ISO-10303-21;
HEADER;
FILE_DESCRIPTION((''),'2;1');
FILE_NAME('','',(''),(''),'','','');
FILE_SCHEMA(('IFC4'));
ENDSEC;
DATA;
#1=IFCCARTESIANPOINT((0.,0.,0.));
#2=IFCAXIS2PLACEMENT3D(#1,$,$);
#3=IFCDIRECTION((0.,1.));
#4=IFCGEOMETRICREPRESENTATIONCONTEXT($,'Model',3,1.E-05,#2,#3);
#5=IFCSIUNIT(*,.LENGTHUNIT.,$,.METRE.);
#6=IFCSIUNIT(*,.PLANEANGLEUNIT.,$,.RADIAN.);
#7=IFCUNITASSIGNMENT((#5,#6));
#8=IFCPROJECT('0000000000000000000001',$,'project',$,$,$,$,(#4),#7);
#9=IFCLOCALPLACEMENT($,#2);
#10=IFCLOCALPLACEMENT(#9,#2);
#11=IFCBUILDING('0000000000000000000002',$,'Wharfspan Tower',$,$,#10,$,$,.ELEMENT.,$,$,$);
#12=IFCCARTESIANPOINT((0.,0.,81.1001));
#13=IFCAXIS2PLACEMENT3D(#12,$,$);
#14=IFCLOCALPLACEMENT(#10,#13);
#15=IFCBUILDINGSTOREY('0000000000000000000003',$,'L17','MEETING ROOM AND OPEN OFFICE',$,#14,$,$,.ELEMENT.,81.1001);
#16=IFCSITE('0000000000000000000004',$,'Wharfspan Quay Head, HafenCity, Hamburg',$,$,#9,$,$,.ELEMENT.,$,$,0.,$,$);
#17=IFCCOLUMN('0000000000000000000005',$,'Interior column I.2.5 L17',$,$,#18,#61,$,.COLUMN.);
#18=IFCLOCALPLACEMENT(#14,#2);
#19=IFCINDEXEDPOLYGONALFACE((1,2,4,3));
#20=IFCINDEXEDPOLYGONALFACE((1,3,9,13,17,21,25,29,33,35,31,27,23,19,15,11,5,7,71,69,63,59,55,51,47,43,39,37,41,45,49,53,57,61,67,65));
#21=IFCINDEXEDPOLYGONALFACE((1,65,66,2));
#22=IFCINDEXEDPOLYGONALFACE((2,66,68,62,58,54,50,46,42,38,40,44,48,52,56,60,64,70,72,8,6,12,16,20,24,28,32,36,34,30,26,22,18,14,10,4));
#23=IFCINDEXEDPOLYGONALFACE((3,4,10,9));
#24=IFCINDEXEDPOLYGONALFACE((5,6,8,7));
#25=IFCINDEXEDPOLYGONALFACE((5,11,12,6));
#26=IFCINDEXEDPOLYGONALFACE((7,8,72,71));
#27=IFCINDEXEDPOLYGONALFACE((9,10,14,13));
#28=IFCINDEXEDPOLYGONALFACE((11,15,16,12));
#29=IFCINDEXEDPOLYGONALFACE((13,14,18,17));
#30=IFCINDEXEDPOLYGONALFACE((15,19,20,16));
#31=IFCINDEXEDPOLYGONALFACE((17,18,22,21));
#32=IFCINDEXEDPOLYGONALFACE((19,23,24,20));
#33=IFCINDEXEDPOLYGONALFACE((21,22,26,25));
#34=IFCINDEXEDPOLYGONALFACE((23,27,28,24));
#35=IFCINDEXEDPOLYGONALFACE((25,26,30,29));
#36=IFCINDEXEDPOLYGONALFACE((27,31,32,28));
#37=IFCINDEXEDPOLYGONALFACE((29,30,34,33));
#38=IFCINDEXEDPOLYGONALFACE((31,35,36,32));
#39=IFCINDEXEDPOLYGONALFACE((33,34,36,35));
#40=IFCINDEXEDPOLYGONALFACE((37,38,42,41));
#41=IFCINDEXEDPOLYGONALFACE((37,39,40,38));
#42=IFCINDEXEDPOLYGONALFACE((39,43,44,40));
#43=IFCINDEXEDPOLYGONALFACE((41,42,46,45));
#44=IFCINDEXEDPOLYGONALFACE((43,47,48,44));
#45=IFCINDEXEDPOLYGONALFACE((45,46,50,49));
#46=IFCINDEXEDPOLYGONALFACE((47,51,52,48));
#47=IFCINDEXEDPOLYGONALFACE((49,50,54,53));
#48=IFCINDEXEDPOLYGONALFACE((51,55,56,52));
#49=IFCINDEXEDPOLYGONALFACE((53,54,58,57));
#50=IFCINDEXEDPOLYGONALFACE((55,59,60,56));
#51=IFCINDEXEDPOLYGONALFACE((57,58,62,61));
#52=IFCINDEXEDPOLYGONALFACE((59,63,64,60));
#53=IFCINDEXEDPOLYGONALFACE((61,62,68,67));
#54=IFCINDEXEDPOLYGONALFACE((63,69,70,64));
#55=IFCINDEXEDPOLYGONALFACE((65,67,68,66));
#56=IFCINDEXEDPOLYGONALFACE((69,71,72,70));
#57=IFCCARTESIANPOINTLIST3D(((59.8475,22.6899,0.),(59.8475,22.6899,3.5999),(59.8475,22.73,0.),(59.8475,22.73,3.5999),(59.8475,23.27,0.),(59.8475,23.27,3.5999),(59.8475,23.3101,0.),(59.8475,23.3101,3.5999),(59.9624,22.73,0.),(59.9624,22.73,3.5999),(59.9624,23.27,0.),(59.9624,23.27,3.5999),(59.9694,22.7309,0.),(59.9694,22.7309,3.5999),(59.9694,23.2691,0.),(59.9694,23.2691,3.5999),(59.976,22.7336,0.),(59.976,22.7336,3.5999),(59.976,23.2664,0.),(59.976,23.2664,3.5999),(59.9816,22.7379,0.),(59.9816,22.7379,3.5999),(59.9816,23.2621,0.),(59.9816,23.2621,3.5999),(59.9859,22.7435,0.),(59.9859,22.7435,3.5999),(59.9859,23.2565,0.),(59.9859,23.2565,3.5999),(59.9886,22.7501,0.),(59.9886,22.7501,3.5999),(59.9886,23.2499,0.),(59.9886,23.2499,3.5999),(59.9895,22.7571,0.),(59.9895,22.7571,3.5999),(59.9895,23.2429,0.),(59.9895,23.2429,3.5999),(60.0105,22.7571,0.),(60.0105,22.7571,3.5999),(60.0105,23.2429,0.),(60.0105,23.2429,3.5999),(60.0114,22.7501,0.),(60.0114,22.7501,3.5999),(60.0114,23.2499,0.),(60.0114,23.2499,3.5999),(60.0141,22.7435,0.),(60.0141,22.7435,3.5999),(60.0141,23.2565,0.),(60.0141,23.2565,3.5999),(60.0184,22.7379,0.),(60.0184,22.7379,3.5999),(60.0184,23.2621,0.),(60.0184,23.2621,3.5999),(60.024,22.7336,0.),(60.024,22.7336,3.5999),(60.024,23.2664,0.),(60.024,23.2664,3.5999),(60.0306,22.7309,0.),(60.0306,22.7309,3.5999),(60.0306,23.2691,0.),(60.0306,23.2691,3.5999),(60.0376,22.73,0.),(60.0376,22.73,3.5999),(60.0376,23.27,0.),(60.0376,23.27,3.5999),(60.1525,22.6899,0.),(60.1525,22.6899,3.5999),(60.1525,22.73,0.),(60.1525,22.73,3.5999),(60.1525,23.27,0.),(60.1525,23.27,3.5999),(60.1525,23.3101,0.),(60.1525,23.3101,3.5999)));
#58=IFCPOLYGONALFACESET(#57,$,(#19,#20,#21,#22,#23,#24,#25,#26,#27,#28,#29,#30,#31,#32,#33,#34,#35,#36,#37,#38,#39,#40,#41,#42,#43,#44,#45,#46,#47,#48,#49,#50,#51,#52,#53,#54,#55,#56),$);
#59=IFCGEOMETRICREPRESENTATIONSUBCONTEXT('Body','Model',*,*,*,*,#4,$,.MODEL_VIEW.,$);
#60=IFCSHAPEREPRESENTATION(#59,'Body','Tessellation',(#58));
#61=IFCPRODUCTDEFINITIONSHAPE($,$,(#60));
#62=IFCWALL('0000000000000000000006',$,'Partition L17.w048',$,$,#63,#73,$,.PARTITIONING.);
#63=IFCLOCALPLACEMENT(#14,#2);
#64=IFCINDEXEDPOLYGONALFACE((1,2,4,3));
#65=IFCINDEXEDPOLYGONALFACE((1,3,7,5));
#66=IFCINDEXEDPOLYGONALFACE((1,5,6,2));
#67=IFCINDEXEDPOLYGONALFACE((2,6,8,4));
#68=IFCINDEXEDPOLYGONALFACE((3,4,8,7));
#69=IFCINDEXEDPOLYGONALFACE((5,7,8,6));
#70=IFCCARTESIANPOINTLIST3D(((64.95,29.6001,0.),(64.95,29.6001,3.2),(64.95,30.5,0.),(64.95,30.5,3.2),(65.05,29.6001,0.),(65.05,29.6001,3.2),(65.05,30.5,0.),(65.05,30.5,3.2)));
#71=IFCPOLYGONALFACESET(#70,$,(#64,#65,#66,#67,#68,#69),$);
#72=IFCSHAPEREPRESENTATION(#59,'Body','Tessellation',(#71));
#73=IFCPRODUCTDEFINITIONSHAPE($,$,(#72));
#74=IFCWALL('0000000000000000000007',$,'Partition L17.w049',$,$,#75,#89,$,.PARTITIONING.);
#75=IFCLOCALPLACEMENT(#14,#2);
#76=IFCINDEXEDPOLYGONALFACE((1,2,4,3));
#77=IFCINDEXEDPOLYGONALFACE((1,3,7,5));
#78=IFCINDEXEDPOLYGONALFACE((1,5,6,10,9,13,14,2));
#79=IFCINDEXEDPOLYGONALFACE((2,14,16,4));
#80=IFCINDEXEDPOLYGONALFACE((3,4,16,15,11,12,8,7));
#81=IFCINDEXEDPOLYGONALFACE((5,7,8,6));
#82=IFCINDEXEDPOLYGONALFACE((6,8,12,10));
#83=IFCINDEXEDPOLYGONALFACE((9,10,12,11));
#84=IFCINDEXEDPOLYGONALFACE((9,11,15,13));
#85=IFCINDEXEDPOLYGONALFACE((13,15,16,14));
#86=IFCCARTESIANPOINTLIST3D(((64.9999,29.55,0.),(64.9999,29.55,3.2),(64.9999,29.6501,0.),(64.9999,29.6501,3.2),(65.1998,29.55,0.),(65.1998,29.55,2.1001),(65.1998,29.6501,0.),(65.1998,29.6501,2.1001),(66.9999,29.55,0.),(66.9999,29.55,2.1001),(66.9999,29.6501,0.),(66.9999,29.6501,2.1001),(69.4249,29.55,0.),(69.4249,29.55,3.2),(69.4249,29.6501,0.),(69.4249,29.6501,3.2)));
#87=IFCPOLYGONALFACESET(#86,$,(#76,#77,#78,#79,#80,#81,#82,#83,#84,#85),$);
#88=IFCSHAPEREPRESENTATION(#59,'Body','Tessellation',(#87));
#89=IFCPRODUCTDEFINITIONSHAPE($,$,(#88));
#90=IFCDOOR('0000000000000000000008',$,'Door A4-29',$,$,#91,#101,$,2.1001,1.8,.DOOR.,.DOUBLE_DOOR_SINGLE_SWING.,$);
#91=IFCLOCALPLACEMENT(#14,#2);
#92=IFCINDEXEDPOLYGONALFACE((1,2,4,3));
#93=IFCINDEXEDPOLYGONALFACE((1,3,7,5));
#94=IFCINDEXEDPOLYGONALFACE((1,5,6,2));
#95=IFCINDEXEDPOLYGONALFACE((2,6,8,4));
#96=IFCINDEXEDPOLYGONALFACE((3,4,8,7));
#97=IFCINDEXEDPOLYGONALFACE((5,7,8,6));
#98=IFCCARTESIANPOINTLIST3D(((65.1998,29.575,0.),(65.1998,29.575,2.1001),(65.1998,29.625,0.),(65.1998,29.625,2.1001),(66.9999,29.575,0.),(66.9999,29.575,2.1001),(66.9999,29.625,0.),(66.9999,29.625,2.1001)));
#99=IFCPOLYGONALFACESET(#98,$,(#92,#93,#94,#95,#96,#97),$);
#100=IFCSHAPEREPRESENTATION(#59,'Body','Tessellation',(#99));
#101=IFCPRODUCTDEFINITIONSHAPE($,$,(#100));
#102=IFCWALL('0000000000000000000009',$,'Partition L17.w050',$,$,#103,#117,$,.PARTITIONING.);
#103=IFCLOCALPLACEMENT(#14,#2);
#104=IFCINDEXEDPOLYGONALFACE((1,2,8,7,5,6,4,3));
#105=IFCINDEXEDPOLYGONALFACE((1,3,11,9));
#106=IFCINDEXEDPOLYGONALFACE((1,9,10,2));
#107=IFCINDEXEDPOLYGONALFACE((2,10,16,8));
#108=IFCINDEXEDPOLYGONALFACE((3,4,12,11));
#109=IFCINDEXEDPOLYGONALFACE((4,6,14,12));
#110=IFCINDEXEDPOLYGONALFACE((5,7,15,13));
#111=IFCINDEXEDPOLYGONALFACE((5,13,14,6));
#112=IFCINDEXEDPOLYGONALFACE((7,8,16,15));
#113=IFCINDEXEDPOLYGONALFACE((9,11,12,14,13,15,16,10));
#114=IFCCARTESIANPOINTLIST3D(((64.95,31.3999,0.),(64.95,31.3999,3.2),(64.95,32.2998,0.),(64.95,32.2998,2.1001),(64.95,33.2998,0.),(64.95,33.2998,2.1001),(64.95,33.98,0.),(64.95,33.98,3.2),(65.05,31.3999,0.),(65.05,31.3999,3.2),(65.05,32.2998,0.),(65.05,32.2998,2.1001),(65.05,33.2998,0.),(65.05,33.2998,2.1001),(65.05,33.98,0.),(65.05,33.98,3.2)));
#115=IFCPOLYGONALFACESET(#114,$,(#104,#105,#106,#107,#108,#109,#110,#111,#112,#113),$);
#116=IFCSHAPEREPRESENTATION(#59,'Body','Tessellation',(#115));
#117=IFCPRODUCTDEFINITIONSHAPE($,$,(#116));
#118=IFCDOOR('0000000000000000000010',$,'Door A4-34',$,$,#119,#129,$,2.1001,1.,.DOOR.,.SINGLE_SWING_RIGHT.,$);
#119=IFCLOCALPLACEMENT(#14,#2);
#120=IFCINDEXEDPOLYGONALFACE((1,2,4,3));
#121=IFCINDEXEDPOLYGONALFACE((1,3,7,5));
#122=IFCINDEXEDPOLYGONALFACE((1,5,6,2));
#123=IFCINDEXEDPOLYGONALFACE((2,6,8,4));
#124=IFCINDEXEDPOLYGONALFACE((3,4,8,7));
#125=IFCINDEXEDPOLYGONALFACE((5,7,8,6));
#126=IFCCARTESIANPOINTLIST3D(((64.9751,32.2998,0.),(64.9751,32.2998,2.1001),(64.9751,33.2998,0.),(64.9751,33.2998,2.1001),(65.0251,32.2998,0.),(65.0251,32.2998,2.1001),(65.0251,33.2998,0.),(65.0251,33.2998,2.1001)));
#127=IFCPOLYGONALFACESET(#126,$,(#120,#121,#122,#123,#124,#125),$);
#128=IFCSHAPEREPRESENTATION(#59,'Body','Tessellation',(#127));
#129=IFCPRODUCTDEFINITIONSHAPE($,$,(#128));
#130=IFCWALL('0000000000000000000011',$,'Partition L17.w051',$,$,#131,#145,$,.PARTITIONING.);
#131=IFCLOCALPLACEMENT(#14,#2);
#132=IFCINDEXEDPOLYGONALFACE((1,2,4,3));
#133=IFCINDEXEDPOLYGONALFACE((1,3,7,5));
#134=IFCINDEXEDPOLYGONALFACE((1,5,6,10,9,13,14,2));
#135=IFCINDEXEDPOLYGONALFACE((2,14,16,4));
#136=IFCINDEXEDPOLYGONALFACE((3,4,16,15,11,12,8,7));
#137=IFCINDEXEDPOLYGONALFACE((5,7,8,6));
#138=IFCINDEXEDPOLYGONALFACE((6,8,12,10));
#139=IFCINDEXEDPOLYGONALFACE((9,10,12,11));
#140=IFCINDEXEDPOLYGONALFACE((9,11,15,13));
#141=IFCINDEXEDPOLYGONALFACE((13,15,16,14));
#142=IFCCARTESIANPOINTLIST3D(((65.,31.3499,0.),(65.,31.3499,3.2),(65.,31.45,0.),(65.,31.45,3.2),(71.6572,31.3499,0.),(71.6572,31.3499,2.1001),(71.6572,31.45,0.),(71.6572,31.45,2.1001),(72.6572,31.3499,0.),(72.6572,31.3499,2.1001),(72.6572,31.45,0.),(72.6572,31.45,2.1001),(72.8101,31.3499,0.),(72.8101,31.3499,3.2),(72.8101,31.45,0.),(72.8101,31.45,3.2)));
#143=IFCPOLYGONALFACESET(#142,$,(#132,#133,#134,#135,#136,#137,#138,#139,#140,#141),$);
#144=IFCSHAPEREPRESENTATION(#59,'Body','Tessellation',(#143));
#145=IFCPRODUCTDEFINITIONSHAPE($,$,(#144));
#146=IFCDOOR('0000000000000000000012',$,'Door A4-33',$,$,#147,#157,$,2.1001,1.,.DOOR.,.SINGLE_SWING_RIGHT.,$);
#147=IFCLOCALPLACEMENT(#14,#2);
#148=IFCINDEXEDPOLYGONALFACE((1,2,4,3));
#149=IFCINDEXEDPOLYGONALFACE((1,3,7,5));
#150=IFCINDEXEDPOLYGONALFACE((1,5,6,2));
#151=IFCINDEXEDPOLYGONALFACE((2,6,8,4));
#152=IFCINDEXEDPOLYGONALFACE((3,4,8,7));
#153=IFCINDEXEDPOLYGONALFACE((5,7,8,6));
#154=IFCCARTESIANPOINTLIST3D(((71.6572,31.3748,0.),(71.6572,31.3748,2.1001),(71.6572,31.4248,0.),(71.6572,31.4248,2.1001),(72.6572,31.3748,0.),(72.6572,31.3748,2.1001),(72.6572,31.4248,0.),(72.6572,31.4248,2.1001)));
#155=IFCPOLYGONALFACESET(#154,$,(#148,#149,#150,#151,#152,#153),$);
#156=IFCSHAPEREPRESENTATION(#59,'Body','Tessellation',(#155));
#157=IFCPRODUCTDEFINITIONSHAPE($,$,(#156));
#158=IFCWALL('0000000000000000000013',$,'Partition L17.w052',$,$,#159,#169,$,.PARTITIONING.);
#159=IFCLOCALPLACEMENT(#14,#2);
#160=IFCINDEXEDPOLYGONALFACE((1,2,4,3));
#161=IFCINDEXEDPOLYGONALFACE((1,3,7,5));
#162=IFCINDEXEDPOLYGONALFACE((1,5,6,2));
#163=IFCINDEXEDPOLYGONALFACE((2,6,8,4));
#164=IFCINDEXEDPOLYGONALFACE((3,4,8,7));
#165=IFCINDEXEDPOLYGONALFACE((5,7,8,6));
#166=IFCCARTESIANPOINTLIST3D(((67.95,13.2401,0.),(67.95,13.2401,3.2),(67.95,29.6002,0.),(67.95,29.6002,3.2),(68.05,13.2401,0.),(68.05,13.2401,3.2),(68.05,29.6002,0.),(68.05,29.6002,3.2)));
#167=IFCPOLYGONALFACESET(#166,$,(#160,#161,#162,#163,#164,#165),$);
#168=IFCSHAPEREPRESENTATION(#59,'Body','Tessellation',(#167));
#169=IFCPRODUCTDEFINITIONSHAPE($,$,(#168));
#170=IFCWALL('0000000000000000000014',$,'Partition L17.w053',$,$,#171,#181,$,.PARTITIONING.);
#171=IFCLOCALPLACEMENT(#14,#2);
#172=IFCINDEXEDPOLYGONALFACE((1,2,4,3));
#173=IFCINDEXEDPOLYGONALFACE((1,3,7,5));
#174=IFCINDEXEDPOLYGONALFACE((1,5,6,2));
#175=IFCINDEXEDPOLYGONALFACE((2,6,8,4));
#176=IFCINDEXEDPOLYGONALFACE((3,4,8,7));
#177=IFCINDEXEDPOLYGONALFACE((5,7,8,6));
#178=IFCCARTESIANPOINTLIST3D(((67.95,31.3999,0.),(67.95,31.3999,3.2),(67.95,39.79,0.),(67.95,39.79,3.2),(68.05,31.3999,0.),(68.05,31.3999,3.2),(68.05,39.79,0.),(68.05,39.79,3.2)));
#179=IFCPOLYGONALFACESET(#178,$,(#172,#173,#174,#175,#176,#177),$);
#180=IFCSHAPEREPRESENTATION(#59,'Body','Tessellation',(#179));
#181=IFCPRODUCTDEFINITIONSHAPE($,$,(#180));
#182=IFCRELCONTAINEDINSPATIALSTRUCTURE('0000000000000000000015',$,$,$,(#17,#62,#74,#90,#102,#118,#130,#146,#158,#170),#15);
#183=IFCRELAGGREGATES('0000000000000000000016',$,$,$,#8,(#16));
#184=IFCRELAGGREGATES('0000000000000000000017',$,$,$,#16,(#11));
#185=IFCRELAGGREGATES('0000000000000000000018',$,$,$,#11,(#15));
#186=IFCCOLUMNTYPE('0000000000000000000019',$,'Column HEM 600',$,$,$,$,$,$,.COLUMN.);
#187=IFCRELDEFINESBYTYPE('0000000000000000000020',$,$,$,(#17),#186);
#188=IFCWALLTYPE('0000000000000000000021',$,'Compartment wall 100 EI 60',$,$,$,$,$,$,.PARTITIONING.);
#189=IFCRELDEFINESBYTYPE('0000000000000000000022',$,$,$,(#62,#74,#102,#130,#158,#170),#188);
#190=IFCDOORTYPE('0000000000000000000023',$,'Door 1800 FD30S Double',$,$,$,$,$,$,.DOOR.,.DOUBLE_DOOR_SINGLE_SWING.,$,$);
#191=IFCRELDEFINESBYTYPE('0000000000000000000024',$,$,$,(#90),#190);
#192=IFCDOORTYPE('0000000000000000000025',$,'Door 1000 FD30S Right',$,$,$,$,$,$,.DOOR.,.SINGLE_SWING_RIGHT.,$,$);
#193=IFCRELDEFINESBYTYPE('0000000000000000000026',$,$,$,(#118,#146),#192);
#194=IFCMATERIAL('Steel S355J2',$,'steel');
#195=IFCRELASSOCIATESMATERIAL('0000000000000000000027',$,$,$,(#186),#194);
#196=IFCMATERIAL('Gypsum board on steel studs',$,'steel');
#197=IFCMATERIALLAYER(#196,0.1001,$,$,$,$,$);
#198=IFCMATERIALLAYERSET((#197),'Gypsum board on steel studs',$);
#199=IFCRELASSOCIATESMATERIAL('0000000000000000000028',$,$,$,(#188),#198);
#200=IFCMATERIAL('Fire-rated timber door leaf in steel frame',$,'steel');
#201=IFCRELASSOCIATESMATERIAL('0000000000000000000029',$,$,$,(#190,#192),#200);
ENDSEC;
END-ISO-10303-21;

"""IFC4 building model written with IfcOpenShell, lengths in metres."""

from ifc_helpers import new_model, si_unit, direction, frame, frame_2d, origin, origin_2d, place, context, subcontext, project, spatial, rectangle, i_section, extrude, material, layer, layer_set, material_profile, profile_set, type_object, element, fill, save


model = new_model("IFC4")

# Units and contexts
model_context = context("Model", 3, precision=1e-05, world=origin(), true_north=direction((0.0, 1.0)))
body_context = subcontext(model_context, "Body", "Model", "MODEL_VIEW")
ifc_project = project(units=[si_unit("LENGTHUNIT", "METRE"), si_unit("PLANEANGLEUNIT", "RADIAN")], contexts=[model_context])

# Site, building, storey
site_placement = place(None, origin())
site = spatial("IfcSite", under=ifc_project, at=site_placement, Name="Wharfspan Quay Head, HafenCity, Hamburg", CompositionType="ELEMENT", RefElevation=0.0)
building_placement = place(site_placement, origin())
building = spatial("IfcBuilding", under=site, at=building_placement, Name="Wharfspan Tower", CompositionType="ELEMENT")
storey_placement = place(building_placement, frame((0.0, 0.0, 81.1001)))
storey = spatial("IfcBuildingStorey", under=building, at=storey_placement, Name="L17", Description="MEETING ROOM AND OPEN OFFICE", CompositionType="ELEMENT", Elevation=81.1001)

# Column
ifc_material_1 = material(Name="Steel S355J2", Category="steel")
ifc_material_profile = material_profile(ifc_material_1, i_section(OverallWidth=0.3049, OverallDepth=0.6201, WebThickness=0.021, FlangeThickness=0.04, FilletRadius=0.0271, at=origin_2d()))
ifc_profile_set = profile_set([ifc_material_profile], Name="Steel S355J2")
column_type = type_object("IfcColumnType", Name="Column HEM 600", PredefinedType="COLUMN", material=ifc_profile_set)
column_placement = place(storey_placement, frame((60.0, 23.0, 0.0), z_axis=(0.0, 0.0, 1.0), x_axis=(1.0, 0.0, 0.0)))
element("IfcColumn", 1, at=column_placement, inside=storey, type_object=column_type, Name="Interior column I.2.5 L17", PredefinedType="COLUMN", context=body_context, shape_type="SweptSolid", body=[
    extrude(i_section(OverallWidth=0.3049, OverallDepth=0.6201, WebThickness=0.021, FlangeThickness=0.04, FilletRadius=0.0271, at=origin_2d()), origin(), (0.0, 0.0, 1.0), 3.5999),
])

# Wall
ifc_material_2 = material(Name="Gypsum board on steel studs", Category="steel")
ifc_layer_1 = layer(ifc_material_2, 0.1001)
ifc_layer_set_1 = layer_set([ifc_layer_1], Name="Gypsum board on steel studs")
wall_type_1 = type_object("IfcWallType", Name="Compartment wall 100 EI 60", PredefinedType="PARTITIONING", material=ifc_layer_set_1)
wall_1_placement = place(storey_placement, frame((65.0, 29.6001, 0.0), z_axis=(0.0, 0.0, 1.0), x_axis=(0.0, 1.0, 0.0)))
element("IfcWall", 2, at=wall_1_placement, inside=storey, type_object=wall_type_1, Name="Partition L17.w048", PredefinedType="PARTITIONING", context=body_context, shape_type="SweptSolid", body=[
    extrude(rectangle(XDim=0.8999, YDim=0.1001, at=frame_2d((0.45, 0.0))), origin(), (0.0, 0.0, 1.0), 3.2),
])

# Walls, openings, doors
wall_2_placement = place(storey_placement, frame((65.0, 29.6001, 0.0), z_axis=(0.0, 0.0, 1.0), x_axis=(1.0, 0.0, 0.0)))
wall_2 = element("IfcWall", 3, at=wall_2_placement, inside=storey, type_object=wall_type_1, Name="Partition L17.w049", PredefinedType="PARTITIONING", context=body_context, shape_type="SweptSolid", body=[
    extrude(rectangle(XDim=4.425, YDim=0.1001, at=frame_2d((2.2124, 0.0))), origin(), (0.0, 0.0, 1.0), 3.2),
])
opening_1_placement = place(wall_2_placement, frame((0.2, 0.0, 0.0)))
opening_1 = element("IfcOpeningElement", 4, at=opening_1_placement, cuts=wall_2, PredefinedType="OPENING", context=body_context, shape_type="SweptSolid", body=[
    extrude(rectangle(XDim=1.8, YDim=2.1001, at=frame_2d((0.8999, 1.05))), frame((0.0, 0.0601, 0.0), z_axis=(0.0, -1.0, 0.0), x_axis=(1.0, 0.0, 0.0)), (0.0, 0.0, 1.0), 0.1201),
])
ifc_material_3 = material(Name="Fire-rated timber door leaf in steel frame", Category="steel")
door_type_1 = type_object("IfcDoorType", Name="Door 1800 FD30S Double", OperationType="DOUBLE_DOOR_SINGLE_SWING", PredefinedType="DOOR", material=ifc_material_3)
door_1_placement = place(opening_1_placement, origin())
door_1 = element("IfcDoor", 5, at=door_1_placement, inside=storey, type_object=door_type_1, Name="Door A4-29", OperationType="DOUBLE_DOOR_SINGLE_SWING", OverallHeight=2.1001, OverallWidth=1.8, PredefinedType="DOOR", context=body_context, shape_type="SweptSolid", body=[
    extrude(rectangle(XDim=1.8, YDim=2.1001, at=frame_2d((0.8999, 1.05))), frame((0.0, 0.0249, 0.0), z_axis=(0.0, -1.0, 0.0), x_axis=(1.0, 0.0, 0.0)), (0.0, 0.0, 1.0), 0.05),
])
fill(opening_1, door_1)
wall_3_placement = place(storey_placement, frame((65.0, 31.3999, 0.0), z_axis=(0.0, 0.0, 1.0), x_axis=(0.0, 1.0, 0.0)))
wall_3 = element("IfcWall", 6, at=wall_3_placement, inside=storey, type_object=wall_type_1, Name="Partition L17.w050", PredefinedType="PARTITIONING", context=body_context, shape_type="SweptSolid", body=[
    extrude(rectangle(XDim=2.5801, YDim=0.1001, at=frame_2d((1.29, 0.0))), origin(), (0.0, 0.0, 1.0), 3.2),
])
opening_2_placement = place(wall_3_placement, frame((0.8999, 0.0, 0.0)))
opening_2 = element("IfcOpeningElement", 7, at=opening_2_placement, cuts=wall_3, PredefinedType="OPENING", context=body_context, shape_type="SweptSolid", body=[
    extrude(rectangle(XDim=1.0, YDim=2.1001, at=frame_2d((0.5, 1.05))), frame((0.0, 0.0601, 0.0), z_axis=(0.0, -1.0, 0.0), x_axis=(1.0, 0.0, 0.0)), (0.0, 0.0, 1.0), 0.1201),
])
door_type_2 = type_object("IfcDoorType", Name="Door 1000 FD30S Right", OperationType="SINGLE_SWING_RIGHT", PredefinedType="DOOR", material=ifc_material_3)
door_2_placement = place(opening_2_placement, origin())
door_2 = element("IfcDoor", 8, at=door_2_placement, inside=storey, type_object=door_type_2, Name="Door A4-34", OperationType="SINGLE_SWING_RIGHT", OverallHeight=2.1001, OverallWidth=1.0, PredefinedType="DOOR", context=body_context, shape_type="SweptSolid", body=[
    extrude(rectangle(XDim=1.0, YDim=2.1001, at=frame_2d((0.5, 1.05))), frame((0.0, 0.0249, 0.0), z_axis=(0.0, -1.0, 0.0), x_axis=(1.0, 0.0, 0.0)), (0.0, 0.0, 1.0), 0.05),
])
fill(opening_2, door_2)
wall_4_placement = place(storey_placement, frame((65.0, 31.3999, 0.0), z_axis=(0.0, 0.0, 1.0), x_axis=(1.0, 0.0, 0.0)))
wall_4 = element("IfcWall", 9, at=wall_4_placement, inside=storey, type_object=wall_type_1, Name="Partition L17.w051", PredefinedType="PARTITIONING", context=body_context, shape_type="SweptSolid", body=[
    extrude(rectangle(XDim=7.8101, YDim=0.1001, at=frame_2d((3.905, 0.0))), origin(), (0.0, 0.0, 1.0), 3.2),
])
opening_3_placement = place(wall_4_placement, frame((6.6572, 0.0, 0.0)))
opening_3 = element("IfcOpeningElement", 10, at=opening_3_placement, cuts=wall_4, PredefinedType="OPENING", context=body_context, shape_type="SweptSolid", body=[
    extrude(rectangle(XDim=1.0, YDim=2.1001, at=frame_2d((0.5, 1.05))), frame((0.0, 0.0601, 0.0), z_axis=(0.0, -1.0, 0.0), x_axis=(1.0, 0.0, 0.0)), (0.0, 0.0, 1.0), 0.1201),
])
door_3_placement = place(opening_3_placement, origin())
door_3 = element("IfcDoor", 11, at=door_3_placement, inside=storey, type_object=door_type_2, Name="Door A4-33", OperationType="SINGLE_SWING_RIGHT", OverallHeight=2.1001, OverallWidth=1.0, PredefinedType="DOOR", context=body_context, shape_type="SweptSolid", body=[
    extrude(rectangle(XDim=1.0, YDim=2.1001, at=frame_2d((0.5, 1.05))), frame((0.0, 0.0249, 0.0), z_axis=(0.0, -1.0, 0.0), x_axis=(1.0, 0.0, 0.0)), (0.0, 0.0, 1.0), 0.05),
])
fill(opening_3, door_3)

# Walls
wall_5_placement = place(storey_placement, frame((68.0, 13.24, 0.0), z_axis=(0.0, 0.0, 1.0), x_axis=(0.0, 1.0, 0.0)))
element("IfcWall", 12, at=wall_5_placement, inside=storey, type_object=wall_type_1, Name="Partition L17.w052", PredefinedType="PARTITIONING", context=body_context, shape_type="SweptSolid", body=[
    extrude(rectangle(XDim=16.3601, YDim=0.1001, at=frame_2d((8.1802, 0.0))), origin(), (0.0, 0.0, 1.0), 3.2),
])
wall_6_placement = place(storey_placement, frame((68.0, 31.3999, 0.0), z_axis=(0.0, 0.0, 1.0), x_axis=(0.0, 1.0, 0.0)))
element("IfcWall", 13, at=wall_6_placement, inside=storey, type_object=wall_type_1, Name="Partition L17.w053", PredefinedType="PARTITIONING", context=body_context, shape_type="SweptSolid", body=[
    extrude(rectangle(XDim=8.3901, YDim=0.1001, at=frame_2d((4.1951, 0.0))), origin(), (0.0, 0.0, 1.0), 3.2),
])

save(model, "model.ifc")
